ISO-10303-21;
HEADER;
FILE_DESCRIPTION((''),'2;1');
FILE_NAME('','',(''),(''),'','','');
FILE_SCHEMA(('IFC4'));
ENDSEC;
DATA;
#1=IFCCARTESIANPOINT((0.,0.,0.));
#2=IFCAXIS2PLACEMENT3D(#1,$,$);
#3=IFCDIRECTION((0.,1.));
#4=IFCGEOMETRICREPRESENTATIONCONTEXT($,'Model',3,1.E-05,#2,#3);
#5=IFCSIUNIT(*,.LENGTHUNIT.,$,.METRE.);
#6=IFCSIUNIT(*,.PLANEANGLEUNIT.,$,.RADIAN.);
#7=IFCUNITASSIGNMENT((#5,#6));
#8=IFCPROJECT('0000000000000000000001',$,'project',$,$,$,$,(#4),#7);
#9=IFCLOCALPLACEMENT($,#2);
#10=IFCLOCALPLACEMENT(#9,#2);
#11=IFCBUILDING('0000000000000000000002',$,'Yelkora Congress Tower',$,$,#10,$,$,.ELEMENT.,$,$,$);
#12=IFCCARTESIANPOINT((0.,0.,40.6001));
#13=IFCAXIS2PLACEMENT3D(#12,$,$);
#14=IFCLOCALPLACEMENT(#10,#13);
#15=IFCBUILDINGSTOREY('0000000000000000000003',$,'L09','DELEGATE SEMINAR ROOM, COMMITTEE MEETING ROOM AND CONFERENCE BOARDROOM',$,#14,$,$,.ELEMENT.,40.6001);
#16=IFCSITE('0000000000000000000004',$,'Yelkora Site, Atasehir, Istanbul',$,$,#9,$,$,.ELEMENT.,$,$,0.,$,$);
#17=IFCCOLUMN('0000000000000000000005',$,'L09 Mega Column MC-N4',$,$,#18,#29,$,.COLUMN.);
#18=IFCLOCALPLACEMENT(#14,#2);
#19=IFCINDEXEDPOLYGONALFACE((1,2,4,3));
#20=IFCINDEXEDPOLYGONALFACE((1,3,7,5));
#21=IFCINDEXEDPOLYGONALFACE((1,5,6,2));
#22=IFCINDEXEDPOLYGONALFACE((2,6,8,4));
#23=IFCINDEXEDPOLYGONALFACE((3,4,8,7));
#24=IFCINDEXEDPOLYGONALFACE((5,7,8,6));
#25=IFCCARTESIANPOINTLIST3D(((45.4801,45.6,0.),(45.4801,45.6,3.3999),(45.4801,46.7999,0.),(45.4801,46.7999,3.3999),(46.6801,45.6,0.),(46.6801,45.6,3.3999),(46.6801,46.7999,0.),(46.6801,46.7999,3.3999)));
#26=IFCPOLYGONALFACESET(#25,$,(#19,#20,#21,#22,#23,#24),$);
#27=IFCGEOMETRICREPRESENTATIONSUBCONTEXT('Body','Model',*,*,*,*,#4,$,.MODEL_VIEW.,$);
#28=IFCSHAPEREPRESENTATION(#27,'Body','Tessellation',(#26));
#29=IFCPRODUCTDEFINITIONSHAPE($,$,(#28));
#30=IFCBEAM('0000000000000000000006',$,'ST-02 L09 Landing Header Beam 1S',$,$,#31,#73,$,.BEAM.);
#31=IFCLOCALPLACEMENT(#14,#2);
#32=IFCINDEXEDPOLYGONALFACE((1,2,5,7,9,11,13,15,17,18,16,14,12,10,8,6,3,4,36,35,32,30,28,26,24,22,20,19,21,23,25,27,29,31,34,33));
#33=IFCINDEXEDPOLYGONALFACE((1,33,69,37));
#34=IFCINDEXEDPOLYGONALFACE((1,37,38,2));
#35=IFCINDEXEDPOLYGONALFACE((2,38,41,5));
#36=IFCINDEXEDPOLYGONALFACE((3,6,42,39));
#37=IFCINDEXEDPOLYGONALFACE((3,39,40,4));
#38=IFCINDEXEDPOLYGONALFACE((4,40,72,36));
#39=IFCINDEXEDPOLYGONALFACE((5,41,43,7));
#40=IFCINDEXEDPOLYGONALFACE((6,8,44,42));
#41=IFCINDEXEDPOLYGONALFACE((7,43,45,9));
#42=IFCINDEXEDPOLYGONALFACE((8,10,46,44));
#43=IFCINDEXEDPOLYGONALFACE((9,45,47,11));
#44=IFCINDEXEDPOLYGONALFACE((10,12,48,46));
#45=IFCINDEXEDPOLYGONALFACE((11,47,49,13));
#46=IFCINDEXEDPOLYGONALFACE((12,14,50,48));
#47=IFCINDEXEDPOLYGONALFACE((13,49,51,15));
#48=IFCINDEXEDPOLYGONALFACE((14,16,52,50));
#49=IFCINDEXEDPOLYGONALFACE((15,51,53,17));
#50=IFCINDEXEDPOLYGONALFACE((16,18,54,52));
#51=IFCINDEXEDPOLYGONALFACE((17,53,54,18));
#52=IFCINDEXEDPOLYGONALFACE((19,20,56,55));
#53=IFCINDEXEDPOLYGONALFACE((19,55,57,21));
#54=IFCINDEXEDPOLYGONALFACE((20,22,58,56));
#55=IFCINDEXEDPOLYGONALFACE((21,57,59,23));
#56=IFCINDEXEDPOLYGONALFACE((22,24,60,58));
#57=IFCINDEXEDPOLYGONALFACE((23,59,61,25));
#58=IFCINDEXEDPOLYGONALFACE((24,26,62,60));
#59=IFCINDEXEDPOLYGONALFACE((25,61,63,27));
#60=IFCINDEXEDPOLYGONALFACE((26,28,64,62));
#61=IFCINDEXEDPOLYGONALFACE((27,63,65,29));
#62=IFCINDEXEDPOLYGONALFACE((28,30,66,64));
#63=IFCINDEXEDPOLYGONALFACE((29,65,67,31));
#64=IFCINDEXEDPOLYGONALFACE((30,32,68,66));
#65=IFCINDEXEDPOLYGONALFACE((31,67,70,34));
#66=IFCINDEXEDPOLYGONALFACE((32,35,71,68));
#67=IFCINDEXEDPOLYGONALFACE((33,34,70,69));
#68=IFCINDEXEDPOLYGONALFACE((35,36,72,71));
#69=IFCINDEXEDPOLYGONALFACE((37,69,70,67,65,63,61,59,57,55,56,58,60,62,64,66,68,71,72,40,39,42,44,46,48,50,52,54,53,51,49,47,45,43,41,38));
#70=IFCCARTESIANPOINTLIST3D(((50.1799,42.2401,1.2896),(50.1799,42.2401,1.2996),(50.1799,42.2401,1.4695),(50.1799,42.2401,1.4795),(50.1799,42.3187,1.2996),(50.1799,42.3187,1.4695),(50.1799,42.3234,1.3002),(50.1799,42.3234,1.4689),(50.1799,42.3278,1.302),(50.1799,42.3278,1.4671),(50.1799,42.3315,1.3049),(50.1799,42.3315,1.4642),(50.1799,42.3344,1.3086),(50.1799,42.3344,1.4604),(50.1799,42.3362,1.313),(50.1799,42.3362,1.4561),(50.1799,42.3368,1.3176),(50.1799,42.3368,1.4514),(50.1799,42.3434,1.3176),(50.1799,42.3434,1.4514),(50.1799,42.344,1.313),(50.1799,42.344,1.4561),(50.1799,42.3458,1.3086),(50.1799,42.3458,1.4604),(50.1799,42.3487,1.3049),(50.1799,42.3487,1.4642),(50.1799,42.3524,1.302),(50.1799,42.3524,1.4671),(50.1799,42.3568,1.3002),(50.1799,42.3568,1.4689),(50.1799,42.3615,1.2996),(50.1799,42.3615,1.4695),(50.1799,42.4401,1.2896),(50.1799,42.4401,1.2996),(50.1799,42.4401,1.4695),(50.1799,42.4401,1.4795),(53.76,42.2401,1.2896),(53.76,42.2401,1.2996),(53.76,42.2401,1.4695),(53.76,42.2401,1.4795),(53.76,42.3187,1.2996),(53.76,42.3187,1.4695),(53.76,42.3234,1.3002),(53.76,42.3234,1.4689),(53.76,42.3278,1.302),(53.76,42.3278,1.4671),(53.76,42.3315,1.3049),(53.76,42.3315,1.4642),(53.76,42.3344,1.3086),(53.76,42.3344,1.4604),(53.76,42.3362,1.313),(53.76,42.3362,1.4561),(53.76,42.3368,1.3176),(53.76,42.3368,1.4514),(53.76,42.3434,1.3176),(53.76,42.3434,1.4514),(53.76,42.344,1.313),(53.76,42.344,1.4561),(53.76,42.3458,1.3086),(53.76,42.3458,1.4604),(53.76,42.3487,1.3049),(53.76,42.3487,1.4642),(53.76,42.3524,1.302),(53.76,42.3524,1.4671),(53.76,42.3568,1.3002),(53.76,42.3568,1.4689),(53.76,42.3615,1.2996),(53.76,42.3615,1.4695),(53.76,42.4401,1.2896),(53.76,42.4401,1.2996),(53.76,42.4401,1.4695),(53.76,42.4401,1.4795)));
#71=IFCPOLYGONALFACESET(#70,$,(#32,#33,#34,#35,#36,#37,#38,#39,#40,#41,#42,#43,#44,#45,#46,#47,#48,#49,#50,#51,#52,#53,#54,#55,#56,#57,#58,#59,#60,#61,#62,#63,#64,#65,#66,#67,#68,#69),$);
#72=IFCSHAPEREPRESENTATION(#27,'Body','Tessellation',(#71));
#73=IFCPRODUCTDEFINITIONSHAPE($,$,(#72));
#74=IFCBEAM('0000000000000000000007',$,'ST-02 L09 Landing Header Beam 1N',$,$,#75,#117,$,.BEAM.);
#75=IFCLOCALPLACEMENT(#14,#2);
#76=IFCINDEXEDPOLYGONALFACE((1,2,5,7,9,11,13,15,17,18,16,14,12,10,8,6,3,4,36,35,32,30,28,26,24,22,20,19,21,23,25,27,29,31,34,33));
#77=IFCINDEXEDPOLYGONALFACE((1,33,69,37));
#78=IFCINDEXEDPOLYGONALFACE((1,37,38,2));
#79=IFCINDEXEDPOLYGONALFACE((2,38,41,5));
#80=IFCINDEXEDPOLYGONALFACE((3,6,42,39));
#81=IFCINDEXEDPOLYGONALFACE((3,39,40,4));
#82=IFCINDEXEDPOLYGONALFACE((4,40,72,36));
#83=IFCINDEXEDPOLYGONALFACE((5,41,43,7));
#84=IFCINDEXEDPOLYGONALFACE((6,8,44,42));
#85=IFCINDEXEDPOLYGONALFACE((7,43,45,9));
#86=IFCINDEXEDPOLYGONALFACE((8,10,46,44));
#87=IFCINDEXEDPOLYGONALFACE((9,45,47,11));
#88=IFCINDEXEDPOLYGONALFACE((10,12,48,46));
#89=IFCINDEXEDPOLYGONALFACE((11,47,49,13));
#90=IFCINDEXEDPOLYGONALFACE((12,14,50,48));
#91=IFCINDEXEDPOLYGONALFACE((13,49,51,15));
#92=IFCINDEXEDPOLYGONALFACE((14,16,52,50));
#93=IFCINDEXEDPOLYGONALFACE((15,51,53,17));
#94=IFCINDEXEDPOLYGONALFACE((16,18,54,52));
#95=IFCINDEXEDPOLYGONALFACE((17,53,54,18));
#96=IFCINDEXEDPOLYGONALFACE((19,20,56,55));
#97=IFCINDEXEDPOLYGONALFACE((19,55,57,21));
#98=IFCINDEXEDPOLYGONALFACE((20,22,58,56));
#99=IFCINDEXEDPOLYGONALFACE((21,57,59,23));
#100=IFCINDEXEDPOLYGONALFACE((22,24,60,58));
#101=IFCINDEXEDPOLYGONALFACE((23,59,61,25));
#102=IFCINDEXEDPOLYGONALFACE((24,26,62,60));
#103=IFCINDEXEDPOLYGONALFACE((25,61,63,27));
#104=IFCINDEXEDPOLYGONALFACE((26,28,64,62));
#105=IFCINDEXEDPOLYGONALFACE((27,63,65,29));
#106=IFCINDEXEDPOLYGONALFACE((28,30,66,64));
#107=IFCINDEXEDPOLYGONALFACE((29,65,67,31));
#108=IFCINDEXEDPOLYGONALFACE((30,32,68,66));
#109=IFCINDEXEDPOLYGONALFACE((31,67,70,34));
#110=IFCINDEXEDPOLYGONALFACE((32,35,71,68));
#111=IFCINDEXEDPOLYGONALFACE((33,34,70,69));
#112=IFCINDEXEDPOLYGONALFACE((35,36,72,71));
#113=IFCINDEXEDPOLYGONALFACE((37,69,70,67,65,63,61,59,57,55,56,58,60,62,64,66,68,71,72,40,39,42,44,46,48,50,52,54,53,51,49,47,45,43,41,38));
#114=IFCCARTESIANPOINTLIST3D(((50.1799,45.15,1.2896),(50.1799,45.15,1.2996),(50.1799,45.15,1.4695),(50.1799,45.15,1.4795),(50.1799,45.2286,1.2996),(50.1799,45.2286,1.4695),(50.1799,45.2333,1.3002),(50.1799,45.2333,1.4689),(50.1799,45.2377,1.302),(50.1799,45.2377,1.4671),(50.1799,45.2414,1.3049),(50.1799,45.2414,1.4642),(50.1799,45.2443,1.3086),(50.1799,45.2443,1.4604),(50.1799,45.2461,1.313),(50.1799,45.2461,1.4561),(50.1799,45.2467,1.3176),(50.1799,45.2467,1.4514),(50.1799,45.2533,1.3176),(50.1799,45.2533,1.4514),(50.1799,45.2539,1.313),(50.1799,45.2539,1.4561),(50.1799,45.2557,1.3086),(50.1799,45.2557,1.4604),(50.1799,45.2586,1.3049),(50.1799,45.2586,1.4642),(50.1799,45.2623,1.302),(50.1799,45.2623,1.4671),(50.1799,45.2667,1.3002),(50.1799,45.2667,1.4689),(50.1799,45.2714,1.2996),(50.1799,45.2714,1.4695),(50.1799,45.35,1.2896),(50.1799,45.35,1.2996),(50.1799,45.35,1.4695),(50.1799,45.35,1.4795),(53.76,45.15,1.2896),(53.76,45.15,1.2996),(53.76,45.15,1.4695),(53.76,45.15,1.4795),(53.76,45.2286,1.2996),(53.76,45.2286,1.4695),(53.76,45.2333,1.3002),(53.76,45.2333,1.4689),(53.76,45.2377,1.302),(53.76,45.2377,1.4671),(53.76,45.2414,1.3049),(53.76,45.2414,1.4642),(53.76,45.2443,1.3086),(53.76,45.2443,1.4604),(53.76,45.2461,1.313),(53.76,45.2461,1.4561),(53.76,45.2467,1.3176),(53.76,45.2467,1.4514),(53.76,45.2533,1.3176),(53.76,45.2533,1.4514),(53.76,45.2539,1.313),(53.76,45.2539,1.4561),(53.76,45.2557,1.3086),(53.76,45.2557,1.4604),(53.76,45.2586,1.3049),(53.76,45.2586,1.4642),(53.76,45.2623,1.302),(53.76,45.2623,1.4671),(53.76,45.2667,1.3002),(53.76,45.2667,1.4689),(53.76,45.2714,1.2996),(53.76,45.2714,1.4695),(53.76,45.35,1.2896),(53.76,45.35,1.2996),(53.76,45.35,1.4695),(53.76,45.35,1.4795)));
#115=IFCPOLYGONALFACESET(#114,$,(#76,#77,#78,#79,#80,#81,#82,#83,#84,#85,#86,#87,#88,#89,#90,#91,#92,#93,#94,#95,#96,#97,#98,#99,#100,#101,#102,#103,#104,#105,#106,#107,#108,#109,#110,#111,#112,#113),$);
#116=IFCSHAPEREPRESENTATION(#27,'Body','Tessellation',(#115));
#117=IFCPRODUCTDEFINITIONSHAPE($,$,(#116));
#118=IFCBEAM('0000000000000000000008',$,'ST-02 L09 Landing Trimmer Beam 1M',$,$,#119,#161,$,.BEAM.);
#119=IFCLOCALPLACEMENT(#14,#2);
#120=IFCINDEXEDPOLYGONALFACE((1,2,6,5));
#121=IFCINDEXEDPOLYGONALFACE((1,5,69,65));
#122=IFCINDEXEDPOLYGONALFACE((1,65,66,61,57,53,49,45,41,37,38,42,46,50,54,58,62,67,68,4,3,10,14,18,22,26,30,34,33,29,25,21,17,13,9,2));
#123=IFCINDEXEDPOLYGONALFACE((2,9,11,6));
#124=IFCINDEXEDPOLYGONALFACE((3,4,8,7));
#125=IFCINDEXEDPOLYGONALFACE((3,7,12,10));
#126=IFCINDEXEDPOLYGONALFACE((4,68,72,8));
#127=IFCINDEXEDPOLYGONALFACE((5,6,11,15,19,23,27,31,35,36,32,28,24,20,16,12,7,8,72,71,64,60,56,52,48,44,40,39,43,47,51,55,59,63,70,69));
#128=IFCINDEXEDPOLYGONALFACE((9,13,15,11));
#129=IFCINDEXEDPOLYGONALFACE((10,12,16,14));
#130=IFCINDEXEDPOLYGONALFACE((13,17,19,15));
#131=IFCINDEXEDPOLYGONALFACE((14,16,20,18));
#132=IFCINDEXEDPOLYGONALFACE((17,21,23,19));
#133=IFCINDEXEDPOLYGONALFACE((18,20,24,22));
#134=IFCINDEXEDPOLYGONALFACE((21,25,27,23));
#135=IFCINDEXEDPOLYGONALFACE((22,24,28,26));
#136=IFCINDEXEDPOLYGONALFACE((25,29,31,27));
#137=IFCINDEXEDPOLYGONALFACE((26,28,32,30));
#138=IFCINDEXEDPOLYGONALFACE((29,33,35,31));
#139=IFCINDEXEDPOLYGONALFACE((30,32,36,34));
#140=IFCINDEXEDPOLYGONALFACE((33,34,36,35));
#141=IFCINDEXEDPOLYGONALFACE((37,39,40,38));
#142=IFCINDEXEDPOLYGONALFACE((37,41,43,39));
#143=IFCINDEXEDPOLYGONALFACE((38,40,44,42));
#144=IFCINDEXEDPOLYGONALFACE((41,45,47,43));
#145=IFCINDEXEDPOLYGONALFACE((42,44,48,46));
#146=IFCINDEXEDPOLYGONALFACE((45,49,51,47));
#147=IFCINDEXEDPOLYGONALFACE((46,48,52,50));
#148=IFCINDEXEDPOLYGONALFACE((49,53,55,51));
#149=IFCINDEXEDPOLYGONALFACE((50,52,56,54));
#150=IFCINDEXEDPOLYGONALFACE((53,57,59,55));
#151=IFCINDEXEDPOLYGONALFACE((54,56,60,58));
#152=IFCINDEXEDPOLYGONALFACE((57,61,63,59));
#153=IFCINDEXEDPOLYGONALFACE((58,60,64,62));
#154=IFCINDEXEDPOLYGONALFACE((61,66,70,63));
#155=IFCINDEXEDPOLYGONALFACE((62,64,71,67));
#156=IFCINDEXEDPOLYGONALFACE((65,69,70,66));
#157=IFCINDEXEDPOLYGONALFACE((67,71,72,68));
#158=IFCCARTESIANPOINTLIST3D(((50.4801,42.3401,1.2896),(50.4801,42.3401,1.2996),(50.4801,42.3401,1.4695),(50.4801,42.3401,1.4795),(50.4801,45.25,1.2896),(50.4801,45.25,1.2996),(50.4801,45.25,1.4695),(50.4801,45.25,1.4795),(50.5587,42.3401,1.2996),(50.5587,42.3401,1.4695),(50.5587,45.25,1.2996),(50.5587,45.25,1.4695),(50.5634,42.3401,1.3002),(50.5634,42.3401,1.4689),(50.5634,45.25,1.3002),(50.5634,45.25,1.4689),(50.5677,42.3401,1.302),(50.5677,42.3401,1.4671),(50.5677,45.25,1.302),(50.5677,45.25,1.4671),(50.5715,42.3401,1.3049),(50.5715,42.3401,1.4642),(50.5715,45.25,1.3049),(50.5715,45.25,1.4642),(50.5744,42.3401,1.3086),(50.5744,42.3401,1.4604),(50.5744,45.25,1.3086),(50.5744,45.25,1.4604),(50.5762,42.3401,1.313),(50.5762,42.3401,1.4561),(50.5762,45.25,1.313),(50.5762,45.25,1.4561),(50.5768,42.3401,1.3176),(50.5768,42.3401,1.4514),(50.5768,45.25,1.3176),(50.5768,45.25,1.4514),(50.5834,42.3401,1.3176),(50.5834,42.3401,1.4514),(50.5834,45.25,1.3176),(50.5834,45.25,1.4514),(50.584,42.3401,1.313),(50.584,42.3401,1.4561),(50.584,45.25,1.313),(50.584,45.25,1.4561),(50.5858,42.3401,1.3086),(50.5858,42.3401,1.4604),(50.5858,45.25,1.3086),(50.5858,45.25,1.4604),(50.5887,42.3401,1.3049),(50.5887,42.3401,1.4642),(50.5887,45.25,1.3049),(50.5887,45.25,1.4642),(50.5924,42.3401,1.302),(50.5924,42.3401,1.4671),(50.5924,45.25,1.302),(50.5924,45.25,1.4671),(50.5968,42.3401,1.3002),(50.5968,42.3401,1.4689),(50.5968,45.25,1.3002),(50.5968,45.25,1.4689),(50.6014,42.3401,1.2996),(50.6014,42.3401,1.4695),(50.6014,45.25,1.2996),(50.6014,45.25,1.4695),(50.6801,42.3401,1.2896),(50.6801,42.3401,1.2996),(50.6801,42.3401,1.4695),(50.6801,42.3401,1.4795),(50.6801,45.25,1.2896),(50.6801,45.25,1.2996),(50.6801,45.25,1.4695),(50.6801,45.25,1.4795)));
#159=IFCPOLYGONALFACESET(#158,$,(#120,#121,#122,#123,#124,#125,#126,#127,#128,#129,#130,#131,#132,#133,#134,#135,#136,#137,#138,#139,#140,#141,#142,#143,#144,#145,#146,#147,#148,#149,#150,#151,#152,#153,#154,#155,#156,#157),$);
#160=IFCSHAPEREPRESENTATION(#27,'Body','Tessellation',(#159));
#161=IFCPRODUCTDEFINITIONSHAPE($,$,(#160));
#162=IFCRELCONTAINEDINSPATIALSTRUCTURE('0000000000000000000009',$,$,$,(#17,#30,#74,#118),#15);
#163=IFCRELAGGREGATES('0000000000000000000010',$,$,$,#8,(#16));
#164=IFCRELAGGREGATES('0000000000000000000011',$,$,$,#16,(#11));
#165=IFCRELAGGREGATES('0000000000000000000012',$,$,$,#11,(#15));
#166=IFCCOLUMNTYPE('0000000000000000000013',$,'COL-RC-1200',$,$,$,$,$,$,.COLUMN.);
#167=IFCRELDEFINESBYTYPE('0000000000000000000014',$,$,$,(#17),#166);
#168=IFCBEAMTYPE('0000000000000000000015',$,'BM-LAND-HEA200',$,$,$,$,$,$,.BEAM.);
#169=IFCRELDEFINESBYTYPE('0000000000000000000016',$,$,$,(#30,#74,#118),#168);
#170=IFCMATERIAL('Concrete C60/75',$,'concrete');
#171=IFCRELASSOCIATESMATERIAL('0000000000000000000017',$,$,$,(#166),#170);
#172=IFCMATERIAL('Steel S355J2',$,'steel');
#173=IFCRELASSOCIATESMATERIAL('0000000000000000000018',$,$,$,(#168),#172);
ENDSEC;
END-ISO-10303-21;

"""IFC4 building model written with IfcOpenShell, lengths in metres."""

from ifc_helpers import new_model, si_unit, direction, frame, origin, origin_2d, place, context, subcontext, project, spatial, rectangle, i_section, extrude, material, material_profile, profile_set, type_object, element, save


model = new_model("IFC4")

# Units and contexts
model_context = context("Model", 3, precision=1e-05, world=origin(), true_north=direction((0.0, 1.0)))
body_context = subcontext(model_context, "Body", "Model", "MODEL_VIEW")
ifc_project = project(units=[si_unit("LENGTHUNIT", "METRE"), si_unit("PLANEANGLEUNIT", "RADIAN")], contexts=[model_context])

# Site, building, storey
site_placement = place(None, origin())
site = spatial("IfcSite", under=ifc_project, at=site_placement, Name="Yelkora Site, Atasehir, Istanbul", CompositionType="ELEMENT", RefElevation=0.0)
building_placement = place(site_placement, origin())
building = spatial("IfcBuilding", under=site, at=building_placement, Name="Yelkora Congress Tower", CompositionType="ELEMENT")
storey_placement = place(building_placement, frame((0.0, 0.0, 40.6001)))
storey = spatial("IfcBuildingStorey", under=building, at=storey_placement, Name="L09", Description="DELEGATE SEMINAR ROOM, COMMITTEE MEETING ROOM AND CONFERENCE BOARDROOM", CompositionType="ELEMENT", Elevation=40.6001)

# Column
ifc_material_1 = material(Name="Concrete C60/75", Category="concrete")
ifc_material_profile_1 = material_profile(ifc_material_1, rectangle(XDim=1.2, YDim=1.2, at=origin_2d()), Name="RC 1200x1200")
ifc_profile_set_1 = profile_set([ifc_material_profile_1], Name="Concrete C60/75")
column_type = type_object("IfcColumnType", Name="COL-RC-1200", PredefinedType="COLUMN", material=ifc_profile_set_1)
column_placement = place(storey_placement, frame((46.0801, 46.2, 0.0), z_axis=(0.0, 0.0, 1.0), x_axis=(1.0, 0.0, 0.0)))
element("IfcColumn", 1, at=column_placement, inside=storey, type_object=column_type, Name="L09 Mega Column MC-N4", PredefinedType="COLUMN", context=body_context, shape_type="SweptSolid", body=[
    extrude(rectangle(XDim=1.2, YDim=1.2, at=origin_2d()), origin(), (0.0, 0.0, 1.0), 3.3999),
])

# Beams
ifc_material_2 = material(Name="Steel S355J2", Category="steel")
ifc_material_profile_2 = material_profile(ifc_material_2, i_section(OverallWidth=0.2, OverallDepth=0.1899, WebThickness=0.0066, FlangeThickness=0.01, FilletRadius=0.0181, at=origin_2d()), Name="HEA 200")
ifc_profile_set_2 = profile_set([ifc_material_profile_2], Name="Steel S355J2")
beam_type = type_object("IfcBeamType", Name="BM-LAND-HEA200", PredefinedType="BEAM", material=ifc_profile_set_2)
for number, where, z_axis, x_axis, name in (
    (2, (50.1799, 42.3401, 1.3845), (1.0, 0.0, 0.0), (0.0, 1.0, 0.0), "ST-02 L09 Landing Header Beam 1S"),
    (3, (50.1799, 45.25, 1.3845), (1.0, 0.0, 0.0), (0.0, 1.0, 0.0), "ST-02 L09 Landing Header Beam 1N"),
):
    element("IfcBeam", number, at=place(storey_placement, frame(where, z_axis=z_axis, x_axis=x_axis)), inside=storey, type_object=beam_type, Name=name, PredefinedType="BEAM", context=body_context, shape_type="SweptSolid", body=[
        extrude(i_section(OverallWidth=0.2, OverallDepth=0.1899, WebThickness=0.0066, FlangeThickness=0.01, FilletRadius=0.0181, at=origin_2d()), origin(), (0.0, 0.0, 1.0), 3.5801),
    ])
beam_1_placement = place(storey_placement, frame((50.5801, 42.3401, 1.3845), z_axis=(0.0, 1.0, 0.0), x_axis=(-1.0, 0.0, 0.0)))
element("IfcBeam", 4, at=beam_1_placement, inside=storey, type_object=beam_type, Name="ST-02 L09 Landing Trimmer Beam 1M", PredefinedType="BEAM", context=body_context, shape_type="SweptSolid", body=[
    extrude(i_section(OverallWidth=0.2, OverallDepth=0.1899, WebThickness=0.0066, FlangeThickness=0.01, FilletRadius=0.0181, at=origin_2d()), origin(), (0.0, 0.0, 1.0), 2.9099),
])

save(model, "model.ifc")
